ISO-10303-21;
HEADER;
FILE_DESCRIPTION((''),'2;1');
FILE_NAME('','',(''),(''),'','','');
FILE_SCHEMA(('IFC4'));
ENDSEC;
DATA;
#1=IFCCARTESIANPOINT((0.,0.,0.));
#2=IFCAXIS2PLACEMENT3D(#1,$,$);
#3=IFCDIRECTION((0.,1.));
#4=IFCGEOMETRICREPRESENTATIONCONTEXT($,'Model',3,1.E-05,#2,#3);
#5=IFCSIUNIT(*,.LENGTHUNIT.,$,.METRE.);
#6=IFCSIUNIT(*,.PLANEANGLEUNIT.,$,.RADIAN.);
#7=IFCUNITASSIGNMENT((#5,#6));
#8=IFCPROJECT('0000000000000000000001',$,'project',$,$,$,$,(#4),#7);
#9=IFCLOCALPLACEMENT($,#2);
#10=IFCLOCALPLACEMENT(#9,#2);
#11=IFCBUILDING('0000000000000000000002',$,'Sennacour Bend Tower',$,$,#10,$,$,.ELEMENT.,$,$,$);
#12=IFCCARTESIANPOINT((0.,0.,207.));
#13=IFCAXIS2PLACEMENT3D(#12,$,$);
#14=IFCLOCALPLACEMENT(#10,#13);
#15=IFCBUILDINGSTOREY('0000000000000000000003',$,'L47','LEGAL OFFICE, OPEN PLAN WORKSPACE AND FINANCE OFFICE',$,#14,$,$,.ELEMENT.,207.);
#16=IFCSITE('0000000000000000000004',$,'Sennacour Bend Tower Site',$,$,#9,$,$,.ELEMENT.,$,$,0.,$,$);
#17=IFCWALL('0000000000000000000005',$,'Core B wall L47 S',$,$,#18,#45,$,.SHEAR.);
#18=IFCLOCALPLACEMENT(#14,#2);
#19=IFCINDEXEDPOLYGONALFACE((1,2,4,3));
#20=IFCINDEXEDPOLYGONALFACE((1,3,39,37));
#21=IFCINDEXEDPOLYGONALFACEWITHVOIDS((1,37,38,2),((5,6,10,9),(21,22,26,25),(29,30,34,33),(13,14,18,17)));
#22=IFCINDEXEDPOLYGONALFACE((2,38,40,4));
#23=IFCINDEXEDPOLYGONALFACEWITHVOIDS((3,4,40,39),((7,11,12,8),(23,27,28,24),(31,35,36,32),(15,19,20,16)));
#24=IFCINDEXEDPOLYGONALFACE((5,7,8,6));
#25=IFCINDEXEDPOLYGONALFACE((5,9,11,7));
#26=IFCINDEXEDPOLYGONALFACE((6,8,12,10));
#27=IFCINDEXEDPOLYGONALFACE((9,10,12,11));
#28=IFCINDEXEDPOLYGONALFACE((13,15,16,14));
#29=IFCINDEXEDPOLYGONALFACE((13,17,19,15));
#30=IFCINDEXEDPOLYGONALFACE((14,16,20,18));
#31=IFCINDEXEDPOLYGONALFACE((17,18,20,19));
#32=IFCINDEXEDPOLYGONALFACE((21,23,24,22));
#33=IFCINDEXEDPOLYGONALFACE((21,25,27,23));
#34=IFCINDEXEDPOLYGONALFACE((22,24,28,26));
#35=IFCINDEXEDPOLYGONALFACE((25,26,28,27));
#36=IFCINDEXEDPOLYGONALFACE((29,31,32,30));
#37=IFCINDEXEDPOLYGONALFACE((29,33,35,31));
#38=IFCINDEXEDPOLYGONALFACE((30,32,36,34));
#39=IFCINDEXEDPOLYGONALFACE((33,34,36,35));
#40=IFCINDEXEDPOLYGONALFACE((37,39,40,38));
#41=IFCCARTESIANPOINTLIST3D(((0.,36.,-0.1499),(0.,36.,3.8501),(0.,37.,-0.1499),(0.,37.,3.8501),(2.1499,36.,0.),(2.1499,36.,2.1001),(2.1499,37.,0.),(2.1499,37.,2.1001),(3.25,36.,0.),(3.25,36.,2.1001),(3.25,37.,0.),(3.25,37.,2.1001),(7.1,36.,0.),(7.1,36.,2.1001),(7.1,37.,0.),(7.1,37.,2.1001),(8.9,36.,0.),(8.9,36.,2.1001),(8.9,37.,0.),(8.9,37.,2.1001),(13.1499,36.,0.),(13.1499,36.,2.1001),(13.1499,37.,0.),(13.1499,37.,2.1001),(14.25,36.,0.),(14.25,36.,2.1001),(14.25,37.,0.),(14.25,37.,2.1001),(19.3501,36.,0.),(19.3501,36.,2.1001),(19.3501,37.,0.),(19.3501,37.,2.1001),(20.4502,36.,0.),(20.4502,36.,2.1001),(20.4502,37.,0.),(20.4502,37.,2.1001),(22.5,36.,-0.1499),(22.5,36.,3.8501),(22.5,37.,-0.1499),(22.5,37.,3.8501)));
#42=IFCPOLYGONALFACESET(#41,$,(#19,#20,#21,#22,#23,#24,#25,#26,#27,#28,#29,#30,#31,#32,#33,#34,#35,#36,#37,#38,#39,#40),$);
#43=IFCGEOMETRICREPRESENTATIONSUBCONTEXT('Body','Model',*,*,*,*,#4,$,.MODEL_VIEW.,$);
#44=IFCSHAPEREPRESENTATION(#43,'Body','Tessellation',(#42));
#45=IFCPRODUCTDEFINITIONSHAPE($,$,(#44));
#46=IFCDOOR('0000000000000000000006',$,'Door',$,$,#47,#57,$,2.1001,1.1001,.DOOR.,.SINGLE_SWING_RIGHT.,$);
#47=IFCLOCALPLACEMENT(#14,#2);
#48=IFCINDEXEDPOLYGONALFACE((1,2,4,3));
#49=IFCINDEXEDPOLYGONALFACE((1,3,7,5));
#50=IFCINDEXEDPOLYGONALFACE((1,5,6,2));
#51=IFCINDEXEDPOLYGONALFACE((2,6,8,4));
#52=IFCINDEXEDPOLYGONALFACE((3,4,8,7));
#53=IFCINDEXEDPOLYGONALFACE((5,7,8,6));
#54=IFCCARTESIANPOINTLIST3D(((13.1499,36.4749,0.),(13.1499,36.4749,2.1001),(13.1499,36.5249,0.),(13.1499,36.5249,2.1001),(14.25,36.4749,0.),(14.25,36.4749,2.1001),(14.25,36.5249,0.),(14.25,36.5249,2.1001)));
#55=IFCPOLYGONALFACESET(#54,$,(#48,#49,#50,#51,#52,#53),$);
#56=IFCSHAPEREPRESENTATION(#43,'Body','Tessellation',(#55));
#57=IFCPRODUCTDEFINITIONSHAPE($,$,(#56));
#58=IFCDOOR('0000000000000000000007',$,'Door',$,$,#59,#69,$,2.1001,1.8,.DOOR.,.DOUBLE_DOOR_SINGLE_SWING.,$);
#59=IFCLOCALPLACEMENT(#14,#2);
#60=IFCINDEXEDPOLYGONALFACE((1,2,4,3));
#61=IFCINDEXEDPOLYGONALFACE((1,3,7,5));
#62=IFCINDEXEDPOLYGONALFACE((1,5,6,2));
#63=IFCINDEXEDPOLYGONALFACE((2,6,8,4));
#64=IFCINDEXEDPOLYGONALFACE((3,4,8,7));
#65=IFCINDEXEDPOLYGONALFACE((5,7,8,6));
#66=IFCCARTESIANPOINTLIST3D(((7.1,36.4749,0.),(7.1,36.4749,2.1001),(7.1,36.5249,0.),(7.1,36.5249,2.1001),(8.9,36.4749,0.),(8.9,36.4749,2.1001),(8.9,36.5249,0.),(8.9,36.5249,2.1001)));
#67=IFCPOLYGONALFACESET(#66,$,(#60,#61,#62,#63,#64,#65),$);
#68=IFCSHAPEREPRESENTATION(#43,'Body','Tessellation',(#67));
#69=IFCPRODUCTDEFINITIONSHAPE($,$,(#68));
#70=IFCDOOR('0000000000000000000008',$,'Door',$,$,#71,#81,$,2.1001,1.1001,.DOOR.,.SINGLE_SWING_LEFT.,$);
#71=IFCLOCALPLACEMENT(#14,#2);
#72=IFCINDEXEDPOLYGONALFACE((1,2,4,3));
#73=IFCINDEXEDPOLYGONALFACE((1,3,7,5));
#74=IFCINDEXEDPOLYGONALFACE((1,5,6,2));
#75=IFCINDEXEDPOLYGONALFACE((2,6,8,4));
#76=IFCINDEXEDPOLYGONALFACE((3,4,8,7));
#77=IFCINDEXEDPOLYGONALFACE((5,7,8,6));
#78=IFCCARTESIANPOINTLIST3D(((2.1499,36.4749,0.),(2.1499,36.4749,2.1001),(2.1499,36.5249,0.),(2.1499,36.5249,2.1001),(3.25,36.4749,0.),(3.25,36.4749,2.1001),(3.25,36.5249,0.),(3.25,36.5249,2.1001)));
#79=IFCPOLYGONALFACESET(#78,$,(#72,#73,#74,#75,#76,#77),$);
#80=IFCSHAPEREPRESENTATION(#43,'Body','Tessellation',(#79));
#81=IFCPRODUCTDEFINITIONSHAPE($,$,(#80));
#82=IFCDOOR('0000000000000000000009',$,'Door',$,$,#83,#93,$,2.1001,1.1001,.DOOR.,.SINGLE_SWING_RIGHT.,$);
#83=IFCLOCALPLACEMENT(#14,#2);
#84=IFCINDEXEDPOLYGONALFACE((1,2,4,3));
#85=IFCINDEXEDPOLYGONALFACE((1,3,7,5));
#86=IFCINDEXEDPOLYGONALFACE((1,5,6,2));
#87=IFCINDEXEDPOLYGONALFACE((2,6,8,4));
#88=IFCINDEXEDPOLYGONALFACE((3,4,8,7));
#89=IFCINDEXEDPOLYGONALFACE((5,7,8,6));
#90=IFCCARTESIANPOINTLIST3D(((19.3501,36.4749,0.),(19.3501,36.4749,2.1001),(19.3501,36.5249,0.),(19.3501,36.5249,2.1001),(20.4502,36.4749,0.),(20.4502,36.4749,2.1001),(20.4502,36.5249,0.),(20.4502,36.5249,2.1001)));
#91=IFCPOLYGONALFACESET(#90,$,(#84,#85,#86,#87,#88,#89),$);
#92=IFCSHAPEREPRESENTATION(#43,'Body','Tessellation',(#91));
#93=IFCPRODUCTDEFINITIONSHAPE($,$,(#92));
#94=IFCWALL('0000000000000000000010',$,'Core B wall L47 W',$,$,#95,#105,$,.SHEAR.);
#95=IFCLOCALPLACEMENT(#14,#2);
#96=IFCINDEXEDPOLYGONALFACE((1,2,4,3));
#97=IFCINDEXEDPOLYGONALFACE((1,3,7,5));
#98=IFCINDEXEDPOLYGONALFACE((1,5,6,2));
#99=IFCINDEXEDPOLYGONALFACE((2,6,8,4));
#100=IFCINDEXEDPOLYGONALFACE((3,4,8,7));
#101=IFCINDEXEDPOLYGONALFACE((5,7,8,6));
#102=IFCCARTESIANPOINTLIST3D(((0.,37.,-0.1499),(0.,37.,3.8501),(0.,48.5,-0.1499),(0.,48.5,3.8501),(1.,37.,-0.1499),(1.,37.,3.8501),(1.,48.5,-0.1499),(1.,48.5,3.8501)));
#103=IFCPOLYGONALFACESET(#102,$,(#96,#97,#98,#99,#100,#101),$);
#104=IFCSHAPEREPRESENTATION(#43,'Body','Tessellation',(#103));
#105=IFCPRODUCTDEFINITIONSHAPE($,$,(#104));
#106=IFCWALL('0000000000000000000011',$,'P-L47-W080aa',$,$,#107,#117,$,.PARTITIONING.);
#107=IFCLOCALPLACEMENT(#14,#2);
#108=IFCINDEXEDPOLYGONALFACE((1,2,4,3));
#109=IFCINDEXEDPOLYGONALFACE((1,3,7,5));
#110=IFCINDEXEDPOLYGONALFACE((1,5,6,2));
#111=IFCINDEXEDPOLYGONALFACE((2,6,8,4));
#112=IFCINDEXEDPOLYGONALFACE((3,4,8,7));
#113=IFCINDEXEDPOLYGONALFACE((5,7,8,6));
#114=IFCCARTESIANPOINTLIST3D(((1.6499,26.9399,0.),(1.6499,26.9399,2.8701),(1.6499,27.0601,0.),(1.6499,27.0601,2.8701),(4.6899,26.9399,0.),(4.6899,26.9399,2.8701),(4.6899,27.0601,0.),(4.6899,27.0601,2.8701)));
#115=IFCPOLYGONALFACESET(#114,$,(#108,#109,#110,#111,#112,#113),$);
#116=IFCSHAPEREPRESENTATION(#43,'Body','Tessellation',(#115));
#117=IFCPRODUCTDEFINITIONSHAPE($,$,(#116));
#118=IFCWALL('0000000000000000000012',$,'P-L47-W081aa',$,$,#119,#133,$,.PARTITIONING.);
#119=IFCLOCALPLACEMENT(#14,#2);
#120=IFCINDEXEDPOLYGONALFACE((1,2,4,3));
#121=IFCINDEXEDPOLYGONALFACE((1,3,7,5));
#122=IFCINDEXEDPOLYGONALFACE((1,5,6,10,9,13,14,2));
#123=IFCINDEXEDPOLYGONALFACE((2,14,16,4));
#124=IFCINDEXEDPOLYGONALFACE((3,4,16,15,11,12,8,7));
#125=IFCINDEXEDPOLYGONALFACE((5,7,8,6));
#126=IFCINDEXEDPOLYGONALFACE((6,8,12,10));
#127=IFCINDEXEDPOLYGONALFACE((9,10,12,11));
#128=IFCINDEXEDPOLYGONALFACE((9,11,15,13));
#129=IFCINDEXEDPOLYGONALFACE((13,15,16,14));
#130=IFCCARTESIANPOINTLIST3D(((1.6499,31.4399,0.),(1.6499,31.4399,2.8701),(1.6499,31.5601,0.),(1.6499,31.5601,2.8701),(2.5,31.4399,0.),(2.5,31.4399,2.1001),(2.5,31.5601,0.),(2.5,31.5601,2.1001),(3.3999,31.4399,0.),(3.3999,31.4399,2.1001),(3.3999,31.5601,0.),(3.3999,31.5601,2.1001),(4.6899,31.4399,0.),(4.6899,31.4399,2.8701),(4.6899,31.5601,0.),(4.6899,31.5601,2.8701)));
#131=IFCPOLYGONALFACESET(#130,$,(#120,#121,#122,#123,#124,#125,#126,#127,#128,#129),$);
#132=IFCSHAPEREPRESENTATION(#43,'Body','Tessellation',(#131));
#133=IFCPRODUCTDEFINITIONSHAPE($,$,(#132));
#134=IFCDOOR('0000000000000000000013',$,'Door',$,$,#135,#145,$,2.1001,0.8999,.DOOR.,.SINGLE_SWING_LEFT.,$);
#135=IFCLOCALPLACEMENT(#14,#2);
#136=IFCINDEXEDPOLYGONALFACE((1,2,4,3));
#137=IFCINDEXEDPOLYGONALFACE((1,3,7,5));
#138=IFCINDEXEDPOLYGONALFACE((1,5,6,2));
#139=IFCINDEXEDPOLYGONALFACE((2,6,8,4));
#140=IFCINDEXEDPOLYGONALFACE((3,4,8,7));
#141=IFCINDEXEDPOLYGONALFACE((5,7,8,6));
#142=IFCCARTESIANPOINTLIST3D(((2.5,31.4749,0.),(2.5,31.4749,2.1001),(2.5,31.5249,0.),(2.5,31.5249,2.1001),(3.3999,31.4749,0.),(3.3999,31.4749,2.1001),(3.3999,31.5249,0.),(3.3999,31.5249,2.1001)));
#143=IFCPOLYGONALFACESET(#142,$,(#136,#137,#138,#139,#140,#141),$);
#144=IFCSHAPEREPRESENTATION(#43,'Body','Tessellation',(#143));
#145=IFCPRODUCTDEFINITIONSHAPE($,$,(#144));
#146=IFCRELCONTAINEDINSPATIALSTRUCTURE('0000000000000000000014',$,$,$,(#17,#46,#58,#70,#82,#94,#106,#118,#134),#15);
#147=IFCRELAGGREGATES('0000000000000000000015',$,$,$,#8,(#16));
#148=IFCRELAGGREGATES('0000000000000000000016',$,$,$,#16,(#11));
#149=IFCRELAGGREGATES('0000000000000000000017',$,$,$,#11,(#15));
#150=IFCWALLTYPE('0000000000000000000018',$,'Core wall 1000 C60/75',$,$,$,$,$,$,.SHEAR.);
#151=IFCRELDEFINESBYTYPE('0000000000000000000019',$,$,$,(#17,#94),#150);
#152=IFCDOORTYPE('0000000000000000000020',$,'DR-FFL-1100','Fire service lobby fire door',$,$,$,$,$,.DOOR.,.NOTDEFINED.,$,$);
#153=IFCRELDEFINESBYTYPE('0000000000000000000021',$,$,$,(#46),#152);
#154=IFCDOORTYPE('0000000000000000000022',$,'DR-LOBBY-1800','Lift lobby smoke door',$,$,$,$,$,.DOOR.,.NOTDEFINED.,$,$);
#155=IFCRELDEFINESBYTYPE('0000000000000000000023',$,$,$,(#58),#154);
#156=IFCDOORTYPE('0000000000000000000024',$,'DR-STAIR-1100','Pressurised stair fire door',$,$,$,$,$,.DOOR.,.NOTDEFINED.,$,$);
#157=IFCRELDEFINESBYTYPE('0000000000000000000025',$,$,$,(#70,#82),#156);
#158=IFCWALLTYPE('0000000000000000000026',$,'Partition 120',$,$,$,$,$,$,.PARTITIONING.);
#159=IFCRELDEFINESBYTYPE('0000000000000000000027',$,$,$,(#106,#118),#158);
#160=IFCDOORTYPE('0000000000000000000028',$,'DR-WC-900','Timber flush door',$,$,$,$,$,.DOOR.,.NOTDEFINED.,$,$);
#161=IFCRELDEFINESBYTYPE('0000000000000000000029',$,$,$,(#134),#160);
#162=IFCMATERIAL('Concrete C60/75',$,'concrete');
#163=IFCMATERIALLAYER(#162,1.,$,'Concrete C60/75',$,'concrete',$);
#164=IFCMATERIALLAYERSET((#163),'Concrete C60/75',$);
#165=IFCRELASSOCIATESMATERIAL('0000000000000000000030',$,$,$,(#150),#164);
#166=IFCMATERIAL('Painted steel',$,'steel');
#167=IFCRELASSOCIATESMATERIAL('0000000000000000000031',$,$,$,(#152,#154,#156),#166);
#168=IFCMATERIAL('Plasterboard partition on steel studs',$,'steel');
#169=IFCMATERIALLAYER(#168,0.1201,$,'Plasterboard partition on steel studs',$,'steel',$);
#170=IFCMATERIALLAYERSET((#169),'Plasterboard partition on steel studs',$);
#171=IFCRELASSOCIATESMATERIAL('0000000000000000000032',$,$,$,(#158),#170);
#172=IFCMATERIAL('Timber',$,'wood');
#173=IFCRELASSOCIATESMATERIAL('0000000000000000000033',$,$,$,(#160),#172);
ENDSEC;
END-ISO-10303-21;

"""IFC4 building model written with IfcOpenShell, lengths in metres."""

from ifc_helpers import new_model, si_unit, direction, frame, frame_2d, origin, place, context, subcontext, project, spatial, rectangle, extrude, material, layer, layer_set, type_object, element, fill, save


model = new_model("IFC4")

# Units and contexts
model_context = context("Model", 3, precision=1e-05, world=origin(), true_north=direction((0.0, 1.0)))
body_context = subcontext(model_context, "Body", "Model", "MODEL_VIEW")
ifc_project = project(units=[si_unit("LENGTHUNIT", "METRE"), si_unit("PLANEANGLEUNIT", "RADIAN")], contexts=[model_context])

# Site, building, storey
site_placement = place(None, origin())
site = spatial("IfcSite", under=ifc_project, at=site_placement, Name="Sennacour Bend Tower Site", CompositionType="ELEMENT", RefElevation=0.0)
building_placement = place(site_placement, origin())
building = spatial("IfcBuilding", under=site, at=building_placement, Name="Sennacour Bend Tower", CompositionType="ELEMENT")
storey_placement = place(building_placement, frame((0.0, 0.0, 207.0)))
storey = spatial("IfcBuildingStorey", under=building, at=storey_placement, Name="L47", Description="LEGAL OFFICE, OPEN PLAN WORKSPACE AND FINANCE OFFICE", CompositionType="ELEMENT", Elevation=207.0)

# Wall, openings, doors
ifc_material_1 = material(Name="Concrete C60/75", Category="concrete")
ifc_layer_1 = layer(ifc_material_1, 1.0, Name="Concrete C60/75", Category="concrete")
ifc_layer_set_1 = layer_set([ifc_layer_1], Name="Concrete C60/75")
wall_type_1 = type_object("IfcWallType", Name="Core wall 1000 C60/75", PredefinedType="SHEAR", material=ifc_layer_set_1)
wall_1_placement = place(storey_placement, frame((0.0, 36.5, -0.1499), z_axis=(0.0, 0.0, 1.0), x_axis=(1.0, 0.0, 0.0)))
wall_1 = element("IfcWall", 1, at=wall_1_placement, inside=storey, type_object=wall_type_1, Name="Core B wall L47 S", PredefinedType="SHEAR", context=body_context, shape_type="SweptSolid", body=[
    extrude(rectangle(XDim=22.5, YDim=1.0, at=frame_2d((11.25, 0.0))), origin(), (0.0, 0.0, 1.0), 4.0),
])
opening_1_placement = place(wall_1_placement, frame((7.1001, 0.0, 0.1499)))
opening_1 = element("IfcOpeningElement", 2, at=opening_1_placement, cuts=wall_1, PredefinedType="OPENING", context=body_context, shape_type="SweptSolid", body=[
    extrude(rectangle(XDim=1.8, YDim=2.1001, at=frame_2d((0.8999, 1.05))), frame((0.0, 0.51, 0.0), z_axis=(0.0, -1.0, 0.0), x_axis=(1.0, 0.0, 0.0)), (0.0, 0.0, 1.0), 1.02),
])
opening_2_placement = place(wall_1_placement, frame((13.1499, 0.0, 0.1499)))
opening_2 = element("IfcOpeningElement", 3, at=opening_2_placement, cuts=wall_1, PredefinedType="OPENING", context=body_context, shape_type="SweptSolid", body=[
    extrude(rectangle(XDim=1.1001, YDim=2.1001, at=frame_2d((0.55, 1.05))), frame((0.0, 0.51, 0.0), z_axis=(0.0, -1.0, 0.0), x_axis=(1.0, 0.0, 0.0)), (0.0, 0.0, 1.0), 1.02),
])
opening_3_placement = place(wall_1_placement, frame((2.1499, 0.0, 0.1499)))
opening_3 = element("IfcOpeningElement", 4, at=opening_3_placement, cuts=wall_1, PredefinedType="OPENING", context=body_context, shape_type="SweptSolid", body=[
    extrude(rectangle(XDim=1.1001, YDim=2.1001, at=frame_2d((0.55, 1.05))), frame((0.0, 0.51, 0.0), z_axis=(0.0, -1.0, 0.0), x_axis=(1.0, 0.0, 0.0)), (0.0, 0.0, 1.0), 1.02),
])
opening_4_placement = place(wall_1_placement, frame((19.3501, 0.0, 0.1499)))
opening_4 = element("IfcOpeningElement", 5, at=opening_4_placement, cuts=wall_1, PredefinedType="OPENING", context=body_context, shape_type="SweptSolid", body=[
    extrude(rectangle(XDim=1.1001, YDim=2.1001, at=frame_2d((0.55, 1.05))), frame((0.0, 0.51, 0.0), z_axis=(0.0, -1.0, 0.0), x_axis=(1.0, 0.0, 0.0)), (0.0, 0.0, 1.0), 1.02),
])
ifc_material_2 = material(Name="Painted steel", Category="steel")
door_type_1 = type_object("IfcDoorType", Name="DR-FFL-1100", Description="Fire service lobby fire door", OperationType="NOTDEFINED", PredefinedType="DOOR", material=ifc_material_2)
door_1_placement = place(opening_2_placement, origin())
door_1 = element("IfcDoor", 6, at=door_1_placement, inside=storey, type_object=door_type_1, Name="Door", OperationType="SINGLE_SWING_RIGHT", OverallHeight=2.1001, OverallWidth=1.1001, PredefinedType="DOOR", context=body_context, shape_type="SweptSolid", body=[
    extrude(rectangle(XDim=1.1001, YDim=2.1001, at=frame_2d((0.55, 1.05))), frame((0.0, 0.0249, 0.0), z_axis=(0.0, -1.0, 0.0), x_axis=(1.0, 0.0, 0.0)), (0.0, 0.0, 1.0), 0.05),
])
fill(opening_2, door_1)
door_type_2 = type_object("IfcDoorType", Name="DR-LOBBY-1800", Description="Lift lobby smoke door", OperationType="NOTDEFINED", PredefinedType="DOOR", material=ifc_material_2)
door_2_placement = place(opening_1_placement, origin())
door_2 = element("IfcDoor", 7, at=door_2_placement, inside=storey, type_object=door_type_2, Name="Door", OperationType="DOUBLE_DOOR_SINGLE_SWING", OverallHeight=2.1001, OverallWidth=1.8, PredefinedType="DOOR", context=body_context, shape_type="SweptSolid", body=[
    extrude(rectangle(XDim=1.8, YDim=2.1001, at=frame_2d((0.8999, 1.05))), frame((0.0, 0.0249, 0.0), z_axis=(0.0, -1.0, 0.0), x_axis=(1.0, 0.0, 0.0)), (0.0, 0.0, 1.0), 0.05),
])
fill(opening_1, door_2)
door_type_3 = type_object("IfcDoorType", Name="DR-STAIR-1100", Description="Pressurised stair fire door", OperationType="NOTDEFINED", PredefinedType="DOOR", material=ifc_material_2)
door_3_placement = place(opening_3_placement, origin())
door_3 = element("IfcDoor", 8, at=door_3_placement, inside=storey, type_object=door_type_3, Name="Door", OperationType="SINGLE_SWING_LEFT", OverallHeight=2.1001, OverallWidth=1.1001, PredefinedType="DOOR", context=body_context, shape_type="SweptSolid", body=[
    extrude(rectangle(XDim=1.1001, YDim=2.1001, at=frame_2d((0.55, 1.05))), frame((0.0, 0.0249, 0.0), z_axis=(0.0, -1.0, 0.0), x_axis=(1.0, 0.0, 0.0)), (0.0, 0.0, 1.0), 0.05),
])
fill(opening_3, door_3)
door_4_placement = place(opening_4_placement, origin())
door_4 = element("IfcDoor", 9, at=door_4_placement, inside=storey, type_object=door_type_3, Name="Door", OperationType="SINGLE_SWING_RIGHT", OverallHeight=2.1001, OverallWidth=1.1001, PredefinedType="DOOR", context=body_context, shape_type="SweptSolid", body=[
    extrude(rectangle(XDim=1.1001, YDim=2.1001, at=frame_2d((0.55, 1.05))), frame((0.0, 0.0249, 0.0), z_axis=(0.0, -1.0, 0.0), x_axis=(1.0, 0.0, 0.0)), (0.0, 0.0, 1.0), 0.05),
])
fill(opening_4, door_4)

# Walls
wall_2_placement = place(storey_placement, frame((0.5, 37.0, -0.1499), z_axis=(0.0, 0.0, 1.0), x_axis=(0.0, 1.0, 0.0)))
element("IfcWall", 10, at=wall_2_placement, inside=storey, type_object=wall_type_1, Name="Core B wall L47 W", PredefinedType="SHEAR", context=body_context, shape_type="SweptSolid", body=[
    extrude(rectangle(XDim=11.5, YDim=1.0, at=frame_2d((5.75, 0.0))), origin(), (0.0, 0.0, 1.0), 4.0),
])
ifc_material_3 = material(Name="Plasterboard partition on steel studs", Category="steel")
ifc_layer_2 = layer(ifc_material_3, 0.1201, Name="Plasterboard partition on steel studs", Category="steel")
ifc_layer_set_2 = layer_set([ifc_layer_2], Name="Plasterboard partition on steel studs")
wall_type_2 = type_object("IfcWallType", Name="Partition 120", PredefinedType="PARTITIONING", material=ifc_layer_set_2)
wall_3_placement = place(storey_placement, frame((1.6499, 27.0, 0.0), z_axis=(0.0, 0.0, 1.0), x_axis=(1.0, 0.0, 0.0)))
element("IfcWall", 11, at=wall_3_placement, inside=storey, type_object=wall_type_2, Name="P-L47-W080aa", PredefinedType="PARTITIONING", context=body_context, shape_type="SweptSolid", body=[
    extrude(rectangle(XDim=3.04, YDim=0.1201, at=frame_2d((1.52, 0.0))), origin(), (0.0, 0.0, 1.0), 2.8701),
])

# Wall, opening, door
wall_4_placement = place(storey_placement, frame((1.6499, 31.5, 0.0), z_axis=(0.0, 0.0, 1.0), x_axis=(1.0, 0.0, 0.0)))
wall_4 = element("IfcWall", 12, at=wall_4_placement, inside=storey, type_object=wall_type_2, Name="P-L47-W081aa", PredefinedType="PARTITIONING", context=body_context, shape_type="SweptSolid", body=[
    extrude(rectangle(XDim=3.04, YDim=0.1201, at=frame_2d((1.52, 0.0))), origin(), (0.0, 0.0, 1.0), 2.8701),
])
opening_5_placement = place(wall_4_placement, frame((0.8501, 0.0, 0.0)))
opening_5 = element("IfcOpeningElement", 13, at=opening_5_placement, cuts=wall_4, PredefinedType="OPENING", context=body_context, shape_type="SweptSolid", body=[
    extrude(rectangle(XDim=0.8999, YDim=2.1001, at=frame_2d((0.45, 1.05))), frame((0.0, 0.0701, 0.0), z_axis=(0.0, -1.0, 0.0), x_axis=(1.0, 0.0, 0.0)), (0.0, 0.0, 1.0), 0.1401),
])
ifc_material_4 = material(Name="Timber", Category="wood")
door_type_4 = type_object("IfcDoorType", Name="DR-WC-900", Description="Timber flush door", OperationType="NOTDEFINED", PredefinedType="DOOR", material=ifc_material_4)
door_5_placement = place(opening_5_placement, origin())
door_5 = element("IfcDoor", 14, at=door_5_placement, inside=storey, type_object=door_type_4, Name="Door", OperationType="SINGLE_SWING_LEFT", OverallHeight=2.1001, OverallWidth=0.8999, PredefinedType="DOOR", context=body_context, shape_type="SweptSolid", body=[
    extrude(rectangle(XDim=0.8999, YDim=2.1001, at=frame_2d((0.45, 1.05))), frame((0.0, 0.0249, 0.0), z_axis=(0.0, -1.0, 0.0), x_axis=(1.0, 0.0, 0.0)), (0.0, 0.0, 1.0), 0.05),
])
fill(opening_5, door_5)

save(model, "model.ifc")
